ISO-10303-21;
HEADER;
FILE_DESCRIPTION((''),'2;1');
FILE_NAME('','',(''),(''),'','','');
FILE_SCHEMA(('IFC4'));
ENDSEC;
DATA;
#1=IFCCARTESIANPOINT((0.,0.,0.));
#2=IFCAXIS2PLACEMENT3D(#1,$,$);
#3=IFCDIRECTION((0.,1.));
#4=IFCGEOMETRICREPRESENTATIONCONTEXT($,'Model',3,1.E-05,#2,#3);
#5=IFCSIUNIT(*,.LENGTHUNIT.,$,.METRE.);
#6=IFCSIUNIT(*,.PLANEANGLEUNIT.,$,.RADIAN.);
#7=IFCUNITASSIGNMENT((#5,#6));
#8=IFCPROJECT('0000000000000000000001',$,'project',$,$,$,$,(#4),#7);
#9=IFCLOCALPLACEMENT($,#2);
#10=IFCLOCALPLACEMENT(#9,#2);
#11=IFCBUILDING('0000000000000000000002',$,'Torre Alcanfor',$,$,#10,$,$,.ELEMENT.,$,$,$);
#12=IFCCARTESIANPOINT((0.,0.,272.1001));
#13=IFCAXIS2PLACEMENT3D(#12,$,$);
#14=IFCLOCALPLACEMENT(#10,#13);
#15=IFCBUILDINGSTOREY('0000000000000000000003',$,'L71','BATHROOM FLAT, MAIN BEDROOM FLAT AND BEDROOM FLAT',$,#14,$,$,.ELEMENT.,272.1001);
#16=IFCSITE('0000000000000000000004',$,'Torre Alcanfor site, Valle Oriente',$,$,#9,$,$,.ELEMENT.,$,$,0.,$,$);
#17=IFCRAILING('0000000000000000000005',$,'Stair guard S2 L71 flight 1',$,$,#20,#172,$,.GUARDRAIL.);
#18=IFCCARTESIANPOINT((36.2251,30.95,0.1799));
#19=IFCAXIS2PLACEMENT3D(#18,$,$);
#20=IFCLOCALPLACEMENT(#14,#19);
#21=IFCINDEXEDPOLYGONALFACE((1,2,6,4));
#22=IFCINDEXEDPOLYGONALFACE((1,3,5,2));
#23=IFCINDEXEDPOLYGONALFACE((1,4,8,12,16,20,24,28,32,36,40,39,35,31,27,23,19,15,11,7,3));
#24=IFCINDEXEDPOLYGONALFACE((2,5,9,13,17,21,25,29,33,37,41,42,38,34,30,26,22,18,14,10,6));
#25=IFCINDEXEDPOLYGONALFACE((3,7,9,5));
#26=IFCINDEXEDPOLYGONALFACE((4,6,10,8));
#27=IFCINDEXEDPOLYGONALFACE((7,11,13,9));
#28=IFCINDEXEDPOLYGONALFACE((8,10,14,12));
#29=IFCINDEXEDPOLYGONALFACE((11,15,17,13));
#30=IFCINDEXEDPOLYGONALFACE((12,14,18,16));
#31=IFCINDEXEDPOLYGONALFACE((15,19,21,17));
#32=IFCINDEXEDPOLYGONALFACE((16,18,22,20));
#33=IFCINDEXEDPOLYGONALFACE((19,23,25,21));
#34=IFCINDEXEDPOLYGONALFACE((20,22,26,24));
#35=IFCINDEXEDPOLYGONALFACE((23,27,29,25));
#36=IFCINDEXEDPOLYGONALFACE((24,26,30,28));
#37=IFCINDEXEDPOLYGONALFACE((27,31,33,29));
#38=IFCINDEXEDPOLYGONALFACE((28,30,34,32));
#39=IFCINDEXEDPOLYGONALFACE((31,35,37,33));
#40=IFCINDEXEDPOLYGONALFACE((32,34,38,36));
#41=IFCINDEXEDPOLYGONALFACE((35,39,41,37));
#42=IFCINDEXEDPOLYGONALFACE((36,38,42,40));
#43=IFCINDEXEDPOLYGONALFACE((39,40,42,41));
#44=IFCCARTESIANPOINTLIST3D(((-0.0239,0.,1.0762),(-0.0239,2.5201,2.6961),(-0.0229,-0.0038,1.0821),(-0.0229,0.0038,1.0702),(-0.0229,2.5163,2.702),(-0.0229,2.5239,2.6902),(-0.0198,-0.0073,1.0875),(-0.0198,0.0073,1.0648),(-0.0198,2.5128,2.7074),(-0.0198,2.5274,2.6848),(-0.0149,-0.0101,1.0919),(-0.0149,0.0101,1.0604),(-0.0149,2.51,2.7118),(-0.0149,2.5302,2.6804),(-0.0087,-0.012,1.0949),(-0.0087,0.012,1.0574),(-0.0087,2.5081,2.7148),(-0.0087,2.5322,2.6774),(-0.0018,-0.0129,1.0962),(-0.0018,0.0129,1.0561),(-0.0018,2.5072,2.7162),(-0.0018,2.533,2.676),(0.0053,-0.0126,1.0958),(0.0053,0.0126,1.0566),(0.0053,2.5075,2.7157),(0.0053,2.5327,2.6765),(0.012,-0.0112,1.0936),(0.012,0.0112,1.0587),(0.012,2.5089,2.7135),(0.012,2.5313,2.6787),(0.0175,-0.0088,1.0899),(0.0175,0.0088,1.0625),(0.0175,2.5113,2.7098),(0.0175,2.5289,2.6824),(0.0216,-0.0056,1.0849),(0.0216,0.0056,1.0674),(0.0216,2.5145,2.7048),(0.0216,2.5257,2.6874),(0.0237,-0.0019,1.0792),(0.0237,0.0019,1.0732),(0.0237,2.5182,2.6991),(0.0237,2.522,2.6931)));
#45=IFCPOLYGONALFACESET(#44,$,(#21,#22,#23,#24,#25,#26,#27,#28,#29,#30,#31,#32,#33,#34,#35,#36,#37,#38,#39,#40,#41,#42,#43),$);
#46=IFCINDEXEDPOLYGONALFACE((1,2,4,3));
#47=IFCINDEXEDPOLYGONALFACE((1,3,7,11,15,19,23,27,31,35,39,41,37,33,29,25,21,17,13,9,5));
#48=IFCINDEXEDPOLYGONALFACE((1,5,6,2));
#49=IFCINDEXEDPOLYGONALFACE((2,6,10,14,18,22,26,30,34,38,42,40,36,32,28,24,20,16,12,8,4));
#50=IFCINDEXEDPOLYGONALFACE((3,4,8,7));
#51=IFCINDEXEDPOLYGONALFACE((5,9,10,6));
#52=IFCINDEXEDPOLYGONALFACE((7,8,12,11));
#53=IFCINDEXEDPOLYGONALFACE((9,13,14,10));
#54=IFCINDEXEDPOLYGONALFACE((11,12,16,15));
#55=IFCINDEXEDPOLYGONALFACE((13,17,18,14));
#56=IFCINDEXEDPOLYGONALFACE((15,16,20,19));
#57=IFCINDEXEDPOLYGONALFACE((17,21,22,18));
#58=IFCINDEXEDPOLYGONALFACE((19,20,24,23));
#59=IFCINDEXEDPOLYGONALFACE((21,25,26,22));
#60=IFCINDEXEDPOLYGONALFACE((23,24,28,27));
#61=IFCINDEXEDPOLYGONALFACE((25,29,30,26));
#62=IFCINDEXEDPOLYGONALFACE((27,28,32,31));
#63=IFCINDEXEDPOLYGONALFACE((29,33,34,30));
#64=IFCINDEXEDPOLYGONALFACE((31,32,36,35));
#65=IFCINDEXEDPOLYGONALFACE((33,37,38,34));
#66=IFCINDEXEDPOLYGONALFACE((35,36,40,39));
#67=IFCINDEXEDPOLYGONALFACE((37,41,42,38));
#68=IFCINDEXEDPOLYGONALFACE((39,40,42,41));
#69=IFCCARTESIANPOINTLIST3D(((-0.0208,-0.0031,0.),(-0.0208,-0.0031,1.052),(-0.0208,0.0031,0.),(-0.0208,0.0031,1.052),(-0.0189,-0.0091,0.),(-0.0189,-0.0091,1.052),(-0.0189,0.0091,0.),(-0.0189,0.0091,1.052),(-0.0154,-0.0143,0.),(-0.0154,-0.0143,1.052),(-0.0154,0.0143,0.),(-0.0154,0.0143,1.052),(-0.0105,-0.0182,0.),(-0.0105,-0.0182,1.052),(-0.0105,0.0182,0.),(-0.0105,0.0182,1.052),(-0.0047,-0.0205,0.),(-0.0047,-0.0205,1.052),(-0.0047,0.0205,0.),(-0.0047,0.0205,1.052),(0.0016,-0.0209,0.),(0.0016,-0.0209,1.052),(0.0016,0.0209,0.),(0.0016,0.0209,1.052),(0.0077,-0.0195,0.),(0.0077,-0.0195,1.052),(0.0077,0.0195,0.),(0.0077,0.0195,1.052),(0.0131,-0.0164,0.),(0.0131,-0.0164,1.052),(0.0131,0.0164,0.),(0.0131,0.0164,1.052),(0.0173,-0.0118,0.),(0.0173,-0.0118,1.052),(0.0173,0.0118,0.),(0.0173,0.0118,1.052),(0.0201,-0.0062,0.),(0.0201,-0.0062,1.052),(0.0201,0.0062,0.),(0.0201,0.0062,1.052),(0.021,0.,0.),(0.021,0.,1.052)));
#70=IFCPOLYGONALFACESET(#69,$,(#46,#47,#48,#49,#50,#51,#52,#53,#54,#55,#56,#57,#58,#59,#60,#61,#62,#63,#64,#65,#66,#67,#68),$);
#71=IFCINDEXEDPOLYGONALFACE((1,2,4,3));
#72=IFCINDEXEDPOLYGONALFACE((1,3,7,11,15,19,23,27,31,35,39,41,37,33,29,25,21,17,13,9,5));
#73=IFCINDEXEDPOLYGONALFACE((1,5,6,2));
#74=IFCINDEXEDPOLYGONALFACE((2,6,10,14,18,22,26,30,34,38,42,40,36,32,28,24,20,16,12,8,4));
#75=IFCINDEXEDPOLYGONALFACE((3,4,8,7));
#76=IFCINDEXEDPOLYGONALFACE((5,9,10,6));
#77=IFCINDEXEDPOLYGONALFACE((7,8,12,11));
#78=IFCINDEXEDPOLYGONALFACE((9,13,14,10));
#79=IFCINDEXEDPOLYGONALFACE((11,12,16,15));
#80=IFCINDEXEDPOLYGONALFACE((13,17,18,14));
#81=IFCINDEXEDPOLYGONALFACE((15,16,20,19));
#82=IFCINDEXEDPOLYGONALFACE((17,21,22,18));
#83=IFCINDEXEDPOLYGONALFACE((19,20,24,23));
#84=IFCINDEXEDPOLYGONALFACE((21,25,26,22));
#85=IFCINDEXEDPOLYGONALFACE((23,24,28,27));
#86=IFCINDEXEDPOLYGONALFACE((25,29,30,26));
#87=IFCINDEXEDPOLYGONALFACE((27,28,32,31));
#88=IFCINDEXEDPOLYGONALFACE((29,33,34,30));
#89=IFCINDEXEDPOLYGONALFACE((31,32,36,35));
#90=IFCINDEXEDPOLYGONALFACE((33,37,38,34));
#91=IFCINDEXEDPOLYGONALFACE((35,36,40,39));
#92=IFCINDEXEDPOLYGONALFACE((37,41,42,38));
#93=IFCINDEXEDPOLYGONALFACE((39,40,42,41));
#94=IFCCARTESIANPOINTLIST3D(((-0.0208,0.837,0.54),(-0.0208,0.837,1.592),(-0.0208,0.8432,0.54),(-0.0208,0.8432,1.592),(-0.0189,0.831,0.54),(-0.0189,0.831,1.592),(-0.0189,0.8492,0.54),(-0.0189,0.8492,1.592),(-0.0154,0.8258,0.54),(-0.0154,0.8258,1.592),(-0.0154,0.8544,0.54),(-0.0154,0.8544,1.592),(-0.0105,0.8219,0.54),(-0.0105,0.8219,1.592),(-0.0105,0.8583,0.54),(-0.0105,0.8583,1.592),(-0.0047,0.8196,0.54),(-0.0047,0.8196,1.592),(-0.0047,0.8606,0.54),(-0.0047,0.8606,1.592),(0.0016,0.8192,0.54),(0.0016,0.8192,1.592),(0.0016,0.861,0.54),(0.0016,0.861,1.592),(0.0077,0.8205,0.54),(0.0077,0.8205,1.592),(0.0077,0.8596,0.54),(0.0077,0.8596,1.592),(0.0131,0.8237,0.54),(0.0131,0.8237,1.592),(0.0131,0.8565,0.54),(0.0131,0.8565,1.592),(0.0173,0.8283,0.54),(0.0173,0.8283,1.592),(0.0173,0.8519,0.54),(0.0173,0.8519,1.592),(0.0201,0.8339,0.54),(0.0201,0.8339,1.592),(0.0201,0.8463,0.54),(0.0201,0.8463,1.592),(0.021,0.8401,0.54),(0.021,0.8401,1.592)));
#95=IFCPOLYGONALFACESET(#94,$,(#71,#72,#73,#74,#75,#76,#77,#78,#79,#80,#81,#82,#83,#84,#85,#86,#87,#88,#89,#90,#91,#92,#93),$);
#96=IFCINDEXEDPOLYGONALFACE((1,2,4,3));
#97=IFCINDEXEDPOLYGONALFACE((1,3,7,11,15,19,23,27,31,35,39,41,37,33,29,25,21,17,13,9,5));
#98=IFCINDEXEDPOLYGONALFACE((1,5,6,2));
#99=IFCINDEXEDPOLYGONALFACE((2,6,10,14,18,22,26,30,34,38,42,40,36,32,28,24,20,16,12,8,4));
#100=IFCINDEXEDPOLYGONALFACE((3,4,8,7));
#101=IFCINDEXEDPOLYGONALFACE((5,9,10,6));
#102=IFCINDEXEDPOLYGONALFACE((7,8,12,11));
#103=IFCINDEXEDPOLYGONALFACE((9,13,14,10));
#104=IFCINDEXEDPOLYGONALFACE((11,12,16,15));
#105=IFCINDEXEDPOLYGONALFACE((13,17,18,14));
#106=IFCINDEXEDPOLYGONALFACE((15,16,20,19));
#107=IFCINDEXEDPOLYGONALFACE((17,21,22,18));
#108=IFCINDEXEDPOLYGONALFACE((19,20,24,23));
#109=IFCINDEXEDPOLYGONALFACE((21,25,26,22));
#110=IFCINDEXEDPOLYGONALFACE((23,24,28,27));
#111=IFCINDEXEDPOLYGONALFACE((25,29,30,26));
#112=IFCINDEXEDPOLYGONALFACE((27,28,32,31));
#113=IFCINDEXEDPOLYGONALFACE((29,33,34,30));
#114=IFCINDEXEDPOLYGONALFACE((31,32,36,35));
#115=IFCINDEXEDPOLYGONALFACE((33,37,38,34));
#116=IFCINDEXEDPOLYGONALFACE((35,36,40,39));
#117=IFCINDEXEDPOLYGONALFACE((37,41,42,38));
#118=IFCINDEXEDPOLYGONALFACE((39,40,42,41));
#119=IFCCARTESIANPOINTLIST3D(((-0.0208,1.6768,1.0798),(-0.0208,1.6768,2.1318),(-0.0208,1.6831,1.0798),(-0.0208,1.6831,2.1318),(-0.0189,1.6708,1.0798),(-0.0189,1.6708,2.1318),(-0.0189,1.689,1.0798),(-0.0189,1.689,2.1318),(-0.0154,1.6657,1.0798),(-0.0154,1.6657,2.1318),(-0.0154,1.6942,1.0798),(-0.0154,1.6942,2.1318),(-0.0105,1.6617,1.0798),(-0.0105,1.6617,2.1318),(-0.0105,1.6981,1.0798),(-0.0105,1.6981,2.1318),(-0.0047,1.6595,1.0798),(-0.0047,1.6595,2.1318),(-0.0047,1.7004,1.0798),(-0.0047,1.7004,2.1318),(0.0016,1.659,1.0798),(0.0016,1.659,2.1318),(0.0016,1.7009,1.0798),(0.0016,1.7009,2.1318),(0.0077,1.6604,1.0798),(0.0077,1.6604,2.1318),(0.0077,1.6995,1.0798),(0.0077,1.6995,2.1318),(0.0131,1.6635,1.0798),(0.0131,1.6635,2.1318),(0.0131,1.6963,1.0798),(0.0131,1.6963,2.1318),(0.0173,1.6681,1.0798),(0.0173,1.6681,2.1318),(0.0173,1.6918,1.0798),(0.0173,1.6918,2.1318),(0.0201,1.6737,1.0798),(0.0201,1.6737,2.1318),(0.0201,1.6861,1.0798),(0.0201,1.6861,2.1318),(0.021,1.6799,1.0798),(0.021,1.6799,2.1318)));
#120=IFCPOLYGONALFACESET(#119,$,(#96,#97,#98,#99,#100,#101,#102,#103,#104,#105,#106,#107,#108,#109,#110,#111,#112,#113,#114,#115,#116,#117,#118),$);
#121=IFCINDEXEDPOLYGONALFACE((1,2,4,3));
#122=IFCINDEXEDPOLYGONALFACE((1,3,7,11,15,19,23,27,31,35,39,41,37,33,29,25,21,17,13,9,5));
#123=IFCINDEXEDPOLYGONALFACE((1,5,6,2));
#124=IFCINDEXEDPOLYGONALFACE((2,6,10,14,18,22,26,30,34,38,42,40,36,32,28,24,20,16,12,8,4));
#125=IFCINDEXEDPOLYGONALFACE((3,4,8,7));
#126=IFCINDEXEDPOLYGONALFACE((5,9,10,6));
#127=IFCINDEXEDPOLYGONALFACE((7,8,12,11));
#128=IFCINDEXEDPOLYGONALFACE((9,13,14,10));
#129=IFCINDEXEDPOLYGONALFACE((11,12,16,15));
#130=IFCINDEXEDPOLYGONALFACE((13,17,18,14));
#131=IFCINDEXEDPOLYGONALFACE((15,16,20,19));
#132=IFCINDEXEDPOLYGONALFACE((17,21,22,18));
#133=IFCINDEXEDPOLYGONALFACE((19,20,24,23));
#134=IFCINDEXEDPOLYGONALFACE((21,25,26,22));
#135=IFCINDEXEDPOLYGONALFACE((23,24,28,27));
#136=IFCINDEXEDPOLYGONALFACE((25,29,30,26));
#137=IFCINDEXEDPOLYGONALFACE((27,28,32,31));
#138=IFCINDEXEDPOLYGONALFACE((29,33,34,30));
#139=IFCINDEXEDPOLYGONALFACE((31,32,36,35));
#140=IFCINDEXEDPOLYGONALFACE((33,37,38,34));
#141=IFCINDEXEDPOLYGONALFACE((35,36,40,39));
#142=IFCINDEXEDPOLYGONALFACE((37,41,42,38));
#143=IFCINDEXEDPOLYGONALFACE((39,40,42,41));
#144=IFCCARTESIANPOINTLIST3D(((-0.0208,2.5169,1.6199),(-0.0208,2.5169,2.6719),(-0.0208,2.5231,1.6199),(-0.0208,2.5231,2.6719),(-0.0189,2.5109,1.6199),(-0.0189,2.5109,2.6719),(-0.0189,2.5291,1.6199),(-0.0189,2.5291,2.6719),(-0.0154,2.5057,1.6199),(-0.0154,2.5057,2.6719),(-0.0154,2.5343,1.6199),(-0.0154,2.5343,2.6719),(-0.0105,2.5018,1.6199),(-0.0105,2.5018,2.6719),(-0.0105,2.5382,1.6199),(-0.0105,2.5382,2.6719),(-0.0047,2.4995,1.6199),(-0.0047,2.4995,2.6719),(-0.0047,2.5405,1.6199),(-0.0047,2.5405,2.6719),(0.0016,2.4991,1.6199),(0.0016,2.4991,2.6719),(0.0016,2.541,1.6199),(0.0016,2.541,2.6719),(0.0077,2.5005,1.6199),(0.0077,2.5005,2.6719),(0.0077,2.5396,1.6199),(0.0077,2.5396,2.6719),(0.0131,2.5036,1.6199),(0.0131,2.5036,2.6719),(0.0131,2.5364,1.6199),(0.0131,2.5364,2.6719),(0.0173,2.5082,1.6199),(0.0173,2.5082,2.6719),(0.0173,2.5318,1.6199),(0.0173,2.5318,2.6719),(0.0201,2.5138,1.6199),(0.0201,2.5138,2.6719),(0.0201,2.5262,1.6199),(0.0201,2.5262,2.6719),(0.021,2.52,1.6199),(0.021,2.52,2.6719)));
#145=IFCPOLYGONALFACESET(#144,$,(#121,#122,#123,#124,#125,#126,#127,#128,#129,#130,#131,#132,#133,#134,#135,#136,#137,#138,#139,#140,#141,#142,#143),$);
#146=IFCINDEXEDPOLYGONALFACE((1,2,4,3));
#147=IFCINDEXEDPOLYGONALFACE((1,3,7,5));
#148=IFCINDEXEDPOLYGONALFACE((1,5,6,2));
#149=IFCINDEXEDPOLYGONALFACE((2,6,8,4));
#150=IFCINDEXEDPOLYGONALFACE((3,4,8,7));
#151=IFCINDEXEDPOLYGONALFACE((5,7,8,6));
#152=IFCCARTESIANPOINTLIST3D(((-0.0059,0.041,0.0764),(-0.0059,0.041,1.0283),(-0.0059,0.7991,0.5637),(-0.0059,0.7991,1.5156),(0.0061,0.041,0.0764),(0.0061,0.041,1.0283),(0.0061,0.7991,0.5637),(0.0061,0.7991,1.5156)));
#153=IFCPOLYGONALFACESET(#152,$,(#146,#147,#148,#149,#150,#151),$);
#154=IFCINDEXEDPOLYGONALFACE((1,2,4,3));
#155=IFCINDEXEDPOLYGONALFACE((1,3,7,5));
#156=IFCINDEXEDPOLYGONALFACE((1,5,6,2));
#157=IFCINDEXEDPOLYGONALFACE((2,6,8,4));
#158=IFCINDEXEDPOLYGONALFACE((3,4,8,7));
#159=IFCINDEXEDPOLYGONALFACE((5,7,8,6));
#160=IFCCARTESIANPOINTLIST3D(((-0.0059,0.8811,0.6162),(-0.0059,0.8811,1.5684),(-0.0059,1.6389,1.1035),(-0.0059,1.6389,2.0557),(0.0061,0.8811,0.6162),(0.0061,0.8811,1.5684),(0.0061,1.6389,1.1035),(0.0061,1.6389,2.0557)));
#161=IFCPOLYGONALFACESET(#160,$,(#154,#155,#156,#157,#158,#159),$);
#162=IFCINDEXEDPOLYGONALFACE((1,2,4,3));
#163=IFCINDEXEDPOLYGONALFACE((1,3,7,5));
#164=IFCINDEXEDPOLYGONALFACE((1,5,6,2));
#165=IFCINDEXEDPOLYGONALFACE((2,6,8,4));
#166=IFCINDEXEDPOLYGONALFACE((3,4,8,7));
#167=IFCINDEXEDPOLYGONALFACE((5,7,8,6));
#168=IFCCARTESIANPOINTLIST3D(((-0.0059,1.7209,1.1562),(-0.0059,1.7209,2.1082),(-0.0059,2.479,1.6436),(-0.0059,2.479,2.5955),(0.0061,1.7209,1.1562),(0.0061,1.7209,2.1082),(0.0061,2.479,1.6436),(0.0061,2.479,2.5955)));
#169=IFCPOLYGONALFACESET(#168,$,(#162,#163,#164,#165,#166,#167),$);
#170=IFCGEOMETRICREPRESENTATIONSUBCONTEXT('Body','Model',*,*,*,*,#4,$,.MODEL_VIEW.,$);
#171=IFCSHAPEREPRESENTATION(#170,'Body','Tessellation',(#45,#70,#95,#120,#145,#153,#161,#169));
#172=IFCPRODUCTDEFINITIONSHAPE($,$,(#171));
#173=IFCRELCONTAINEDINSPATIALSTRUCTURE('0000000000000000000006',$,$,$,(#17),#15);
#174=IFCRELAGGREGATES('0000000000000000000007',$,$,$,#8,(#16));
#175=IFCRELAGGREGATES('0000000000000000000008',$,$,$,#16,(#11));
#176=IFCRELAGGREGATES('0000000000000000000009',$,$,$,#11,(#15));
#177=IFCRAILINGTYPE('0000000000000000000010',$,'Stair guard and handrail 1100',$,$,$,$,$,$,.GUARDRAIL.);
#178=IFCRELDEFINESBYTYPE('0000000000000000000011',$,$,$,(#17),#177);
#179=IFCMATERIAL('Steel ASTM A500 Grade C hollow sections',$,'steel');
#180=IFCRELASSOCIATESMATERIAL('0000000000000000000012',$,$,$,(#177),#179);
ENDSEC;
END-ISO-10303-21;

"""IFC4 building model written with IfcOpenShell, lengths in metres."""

from ifc_helpers import new_model, si_unit, direction, frame, origin, origin_2d, place, context, subcontext, project, spatial, polyline, circle, outline, extrude, material, type_object, element, save


model = new_model("IFC4")

# Units and contexts
model_context = context("Model", 3, precision=1e-05, world=origin(), true_north=direction((0.0, 1.0)))
body_context = subcontext(model_context, "Body", "Model", "MODEL_VIEW")
ifc_project = project(units=[si_unit("LENGTHUNIT", "METRE"), si_unit("PLANEANGLEUNIT", "RADIAN")], contexts=[model_context])

# Site, building, storey
site_placement = place(None, origin())
site = spatial("IfcSite", under=ifc_project, at=site_placement, Name="Torre Alcanfor site, Valle Oriente", CompositionType="ELEMENT", RefElevation=0.0)
building_placement = place(site_placement, origin())
building = spatial("IfcBuilding", under=site, at=building_placement, Name="Torre Alcanfor", CompositionType="ELEMENT")
storey_placement = place(building_placement, frame((0.0, 0.0, 272.1001)))
storey = spatial("IfcBuildingStorey", under=building, at=storey_placement, Name="L71", Description="BATHROOM FLAT, MAIN BEDROOM FLAT AND BEDROOM FLAT", CompositionType="ELEMENT", Elevation=272.1001)

# Railing
ifc_material_1 = material(Name="Steel ASTM A500 Grade C hollow sections", Category="steel")
railing_type_1 = type_object("IfcRailingType", Name="Stair guard and handrail 1100", PredefinedType="GUARDRAIL", material=ifc_material_1)
railing_1_placement = place(storey_placement, frame((36.2251, 30.95, 0.1799)))
element("IfcRailing", 1, at=railing_1_placement, inside=storey, type_object=railing_type_1, Name="Stair guard S2 L71 flight 1", PredefinedType="GUARDRAIL", context=body_context, shape_type="SweptSolid", body=[
    extrude(circle(Radius=0.0239, at=origin_2d()), frame((0.0, 0.0, 1.0762), z_axis=(0.0, 0.8412, 0.540725), x_axis=(-1.0, 0.0, 0.0)), (0.0, 0.0, 1.0), 2.9958),
    extrude(circle(Radius=0.021, at=origin_2d()), origin(), (0.0, 0.0, 1.0), 1.052),
    extrude(circle(Radius=0.021, at=origin_2d()), frame((0.0, 0.8401, 0.54)), (0.0, 0.0, 1.0), 1.052),
    extrude(circle(Radius=0.021, at=origin_2d()), frame((0.0, 1.6799, 1.0798)), (0.0, 0.0, 1.0), 1.052),
    extrude(circle(Radius=0.021, at=origin_2d()), frame((0.0, 2.52, 1.6199)), (0.0, 0.0, 1.0), 1.052),
    extrude(outline(polyline([(0.041, 0.0764), (0.7991, 0.5637), (0.7991, 1.5156), (0.041, 1.0283), (0.041, 0.0764)])), frame((-0.0059, 0.0, 0.0), z_axis=(1.0, 0.0, 0.0), x_axis=(0.0, 1.0, 0.0)), (0.0, 0.0, 1.0), 0.012),
    extrude(outline(polyline([(0.8811, 0.6162), (1.6389, 1.1035), (1.6389, 2.0557), (0.8811, 1.5684), (0.8811, 0.6162)])), frame((-0.0059, 0.0, 0.0), z_axis=(1.0, 0.0, 0.0), x_axis=(0.0, 1.0, 0.0)), (0.0, 0.0, 1.0), 0.012),
    extrude(outline(polyline([(1.7209, 1.1562), (2.479, 1.6436), (2.479, 2.5955), (1.7209, 2.1082), (1.7209, 1.1562)])), frame((-0.0059, 0.0, 0.0), z_axis=(1.0, 0.0, 0.0), x_axis=(0.0, 1.0, 0.0)), (0.0, 0.0, 1.0), 0.012),
])

save(model, "model.ifc")
